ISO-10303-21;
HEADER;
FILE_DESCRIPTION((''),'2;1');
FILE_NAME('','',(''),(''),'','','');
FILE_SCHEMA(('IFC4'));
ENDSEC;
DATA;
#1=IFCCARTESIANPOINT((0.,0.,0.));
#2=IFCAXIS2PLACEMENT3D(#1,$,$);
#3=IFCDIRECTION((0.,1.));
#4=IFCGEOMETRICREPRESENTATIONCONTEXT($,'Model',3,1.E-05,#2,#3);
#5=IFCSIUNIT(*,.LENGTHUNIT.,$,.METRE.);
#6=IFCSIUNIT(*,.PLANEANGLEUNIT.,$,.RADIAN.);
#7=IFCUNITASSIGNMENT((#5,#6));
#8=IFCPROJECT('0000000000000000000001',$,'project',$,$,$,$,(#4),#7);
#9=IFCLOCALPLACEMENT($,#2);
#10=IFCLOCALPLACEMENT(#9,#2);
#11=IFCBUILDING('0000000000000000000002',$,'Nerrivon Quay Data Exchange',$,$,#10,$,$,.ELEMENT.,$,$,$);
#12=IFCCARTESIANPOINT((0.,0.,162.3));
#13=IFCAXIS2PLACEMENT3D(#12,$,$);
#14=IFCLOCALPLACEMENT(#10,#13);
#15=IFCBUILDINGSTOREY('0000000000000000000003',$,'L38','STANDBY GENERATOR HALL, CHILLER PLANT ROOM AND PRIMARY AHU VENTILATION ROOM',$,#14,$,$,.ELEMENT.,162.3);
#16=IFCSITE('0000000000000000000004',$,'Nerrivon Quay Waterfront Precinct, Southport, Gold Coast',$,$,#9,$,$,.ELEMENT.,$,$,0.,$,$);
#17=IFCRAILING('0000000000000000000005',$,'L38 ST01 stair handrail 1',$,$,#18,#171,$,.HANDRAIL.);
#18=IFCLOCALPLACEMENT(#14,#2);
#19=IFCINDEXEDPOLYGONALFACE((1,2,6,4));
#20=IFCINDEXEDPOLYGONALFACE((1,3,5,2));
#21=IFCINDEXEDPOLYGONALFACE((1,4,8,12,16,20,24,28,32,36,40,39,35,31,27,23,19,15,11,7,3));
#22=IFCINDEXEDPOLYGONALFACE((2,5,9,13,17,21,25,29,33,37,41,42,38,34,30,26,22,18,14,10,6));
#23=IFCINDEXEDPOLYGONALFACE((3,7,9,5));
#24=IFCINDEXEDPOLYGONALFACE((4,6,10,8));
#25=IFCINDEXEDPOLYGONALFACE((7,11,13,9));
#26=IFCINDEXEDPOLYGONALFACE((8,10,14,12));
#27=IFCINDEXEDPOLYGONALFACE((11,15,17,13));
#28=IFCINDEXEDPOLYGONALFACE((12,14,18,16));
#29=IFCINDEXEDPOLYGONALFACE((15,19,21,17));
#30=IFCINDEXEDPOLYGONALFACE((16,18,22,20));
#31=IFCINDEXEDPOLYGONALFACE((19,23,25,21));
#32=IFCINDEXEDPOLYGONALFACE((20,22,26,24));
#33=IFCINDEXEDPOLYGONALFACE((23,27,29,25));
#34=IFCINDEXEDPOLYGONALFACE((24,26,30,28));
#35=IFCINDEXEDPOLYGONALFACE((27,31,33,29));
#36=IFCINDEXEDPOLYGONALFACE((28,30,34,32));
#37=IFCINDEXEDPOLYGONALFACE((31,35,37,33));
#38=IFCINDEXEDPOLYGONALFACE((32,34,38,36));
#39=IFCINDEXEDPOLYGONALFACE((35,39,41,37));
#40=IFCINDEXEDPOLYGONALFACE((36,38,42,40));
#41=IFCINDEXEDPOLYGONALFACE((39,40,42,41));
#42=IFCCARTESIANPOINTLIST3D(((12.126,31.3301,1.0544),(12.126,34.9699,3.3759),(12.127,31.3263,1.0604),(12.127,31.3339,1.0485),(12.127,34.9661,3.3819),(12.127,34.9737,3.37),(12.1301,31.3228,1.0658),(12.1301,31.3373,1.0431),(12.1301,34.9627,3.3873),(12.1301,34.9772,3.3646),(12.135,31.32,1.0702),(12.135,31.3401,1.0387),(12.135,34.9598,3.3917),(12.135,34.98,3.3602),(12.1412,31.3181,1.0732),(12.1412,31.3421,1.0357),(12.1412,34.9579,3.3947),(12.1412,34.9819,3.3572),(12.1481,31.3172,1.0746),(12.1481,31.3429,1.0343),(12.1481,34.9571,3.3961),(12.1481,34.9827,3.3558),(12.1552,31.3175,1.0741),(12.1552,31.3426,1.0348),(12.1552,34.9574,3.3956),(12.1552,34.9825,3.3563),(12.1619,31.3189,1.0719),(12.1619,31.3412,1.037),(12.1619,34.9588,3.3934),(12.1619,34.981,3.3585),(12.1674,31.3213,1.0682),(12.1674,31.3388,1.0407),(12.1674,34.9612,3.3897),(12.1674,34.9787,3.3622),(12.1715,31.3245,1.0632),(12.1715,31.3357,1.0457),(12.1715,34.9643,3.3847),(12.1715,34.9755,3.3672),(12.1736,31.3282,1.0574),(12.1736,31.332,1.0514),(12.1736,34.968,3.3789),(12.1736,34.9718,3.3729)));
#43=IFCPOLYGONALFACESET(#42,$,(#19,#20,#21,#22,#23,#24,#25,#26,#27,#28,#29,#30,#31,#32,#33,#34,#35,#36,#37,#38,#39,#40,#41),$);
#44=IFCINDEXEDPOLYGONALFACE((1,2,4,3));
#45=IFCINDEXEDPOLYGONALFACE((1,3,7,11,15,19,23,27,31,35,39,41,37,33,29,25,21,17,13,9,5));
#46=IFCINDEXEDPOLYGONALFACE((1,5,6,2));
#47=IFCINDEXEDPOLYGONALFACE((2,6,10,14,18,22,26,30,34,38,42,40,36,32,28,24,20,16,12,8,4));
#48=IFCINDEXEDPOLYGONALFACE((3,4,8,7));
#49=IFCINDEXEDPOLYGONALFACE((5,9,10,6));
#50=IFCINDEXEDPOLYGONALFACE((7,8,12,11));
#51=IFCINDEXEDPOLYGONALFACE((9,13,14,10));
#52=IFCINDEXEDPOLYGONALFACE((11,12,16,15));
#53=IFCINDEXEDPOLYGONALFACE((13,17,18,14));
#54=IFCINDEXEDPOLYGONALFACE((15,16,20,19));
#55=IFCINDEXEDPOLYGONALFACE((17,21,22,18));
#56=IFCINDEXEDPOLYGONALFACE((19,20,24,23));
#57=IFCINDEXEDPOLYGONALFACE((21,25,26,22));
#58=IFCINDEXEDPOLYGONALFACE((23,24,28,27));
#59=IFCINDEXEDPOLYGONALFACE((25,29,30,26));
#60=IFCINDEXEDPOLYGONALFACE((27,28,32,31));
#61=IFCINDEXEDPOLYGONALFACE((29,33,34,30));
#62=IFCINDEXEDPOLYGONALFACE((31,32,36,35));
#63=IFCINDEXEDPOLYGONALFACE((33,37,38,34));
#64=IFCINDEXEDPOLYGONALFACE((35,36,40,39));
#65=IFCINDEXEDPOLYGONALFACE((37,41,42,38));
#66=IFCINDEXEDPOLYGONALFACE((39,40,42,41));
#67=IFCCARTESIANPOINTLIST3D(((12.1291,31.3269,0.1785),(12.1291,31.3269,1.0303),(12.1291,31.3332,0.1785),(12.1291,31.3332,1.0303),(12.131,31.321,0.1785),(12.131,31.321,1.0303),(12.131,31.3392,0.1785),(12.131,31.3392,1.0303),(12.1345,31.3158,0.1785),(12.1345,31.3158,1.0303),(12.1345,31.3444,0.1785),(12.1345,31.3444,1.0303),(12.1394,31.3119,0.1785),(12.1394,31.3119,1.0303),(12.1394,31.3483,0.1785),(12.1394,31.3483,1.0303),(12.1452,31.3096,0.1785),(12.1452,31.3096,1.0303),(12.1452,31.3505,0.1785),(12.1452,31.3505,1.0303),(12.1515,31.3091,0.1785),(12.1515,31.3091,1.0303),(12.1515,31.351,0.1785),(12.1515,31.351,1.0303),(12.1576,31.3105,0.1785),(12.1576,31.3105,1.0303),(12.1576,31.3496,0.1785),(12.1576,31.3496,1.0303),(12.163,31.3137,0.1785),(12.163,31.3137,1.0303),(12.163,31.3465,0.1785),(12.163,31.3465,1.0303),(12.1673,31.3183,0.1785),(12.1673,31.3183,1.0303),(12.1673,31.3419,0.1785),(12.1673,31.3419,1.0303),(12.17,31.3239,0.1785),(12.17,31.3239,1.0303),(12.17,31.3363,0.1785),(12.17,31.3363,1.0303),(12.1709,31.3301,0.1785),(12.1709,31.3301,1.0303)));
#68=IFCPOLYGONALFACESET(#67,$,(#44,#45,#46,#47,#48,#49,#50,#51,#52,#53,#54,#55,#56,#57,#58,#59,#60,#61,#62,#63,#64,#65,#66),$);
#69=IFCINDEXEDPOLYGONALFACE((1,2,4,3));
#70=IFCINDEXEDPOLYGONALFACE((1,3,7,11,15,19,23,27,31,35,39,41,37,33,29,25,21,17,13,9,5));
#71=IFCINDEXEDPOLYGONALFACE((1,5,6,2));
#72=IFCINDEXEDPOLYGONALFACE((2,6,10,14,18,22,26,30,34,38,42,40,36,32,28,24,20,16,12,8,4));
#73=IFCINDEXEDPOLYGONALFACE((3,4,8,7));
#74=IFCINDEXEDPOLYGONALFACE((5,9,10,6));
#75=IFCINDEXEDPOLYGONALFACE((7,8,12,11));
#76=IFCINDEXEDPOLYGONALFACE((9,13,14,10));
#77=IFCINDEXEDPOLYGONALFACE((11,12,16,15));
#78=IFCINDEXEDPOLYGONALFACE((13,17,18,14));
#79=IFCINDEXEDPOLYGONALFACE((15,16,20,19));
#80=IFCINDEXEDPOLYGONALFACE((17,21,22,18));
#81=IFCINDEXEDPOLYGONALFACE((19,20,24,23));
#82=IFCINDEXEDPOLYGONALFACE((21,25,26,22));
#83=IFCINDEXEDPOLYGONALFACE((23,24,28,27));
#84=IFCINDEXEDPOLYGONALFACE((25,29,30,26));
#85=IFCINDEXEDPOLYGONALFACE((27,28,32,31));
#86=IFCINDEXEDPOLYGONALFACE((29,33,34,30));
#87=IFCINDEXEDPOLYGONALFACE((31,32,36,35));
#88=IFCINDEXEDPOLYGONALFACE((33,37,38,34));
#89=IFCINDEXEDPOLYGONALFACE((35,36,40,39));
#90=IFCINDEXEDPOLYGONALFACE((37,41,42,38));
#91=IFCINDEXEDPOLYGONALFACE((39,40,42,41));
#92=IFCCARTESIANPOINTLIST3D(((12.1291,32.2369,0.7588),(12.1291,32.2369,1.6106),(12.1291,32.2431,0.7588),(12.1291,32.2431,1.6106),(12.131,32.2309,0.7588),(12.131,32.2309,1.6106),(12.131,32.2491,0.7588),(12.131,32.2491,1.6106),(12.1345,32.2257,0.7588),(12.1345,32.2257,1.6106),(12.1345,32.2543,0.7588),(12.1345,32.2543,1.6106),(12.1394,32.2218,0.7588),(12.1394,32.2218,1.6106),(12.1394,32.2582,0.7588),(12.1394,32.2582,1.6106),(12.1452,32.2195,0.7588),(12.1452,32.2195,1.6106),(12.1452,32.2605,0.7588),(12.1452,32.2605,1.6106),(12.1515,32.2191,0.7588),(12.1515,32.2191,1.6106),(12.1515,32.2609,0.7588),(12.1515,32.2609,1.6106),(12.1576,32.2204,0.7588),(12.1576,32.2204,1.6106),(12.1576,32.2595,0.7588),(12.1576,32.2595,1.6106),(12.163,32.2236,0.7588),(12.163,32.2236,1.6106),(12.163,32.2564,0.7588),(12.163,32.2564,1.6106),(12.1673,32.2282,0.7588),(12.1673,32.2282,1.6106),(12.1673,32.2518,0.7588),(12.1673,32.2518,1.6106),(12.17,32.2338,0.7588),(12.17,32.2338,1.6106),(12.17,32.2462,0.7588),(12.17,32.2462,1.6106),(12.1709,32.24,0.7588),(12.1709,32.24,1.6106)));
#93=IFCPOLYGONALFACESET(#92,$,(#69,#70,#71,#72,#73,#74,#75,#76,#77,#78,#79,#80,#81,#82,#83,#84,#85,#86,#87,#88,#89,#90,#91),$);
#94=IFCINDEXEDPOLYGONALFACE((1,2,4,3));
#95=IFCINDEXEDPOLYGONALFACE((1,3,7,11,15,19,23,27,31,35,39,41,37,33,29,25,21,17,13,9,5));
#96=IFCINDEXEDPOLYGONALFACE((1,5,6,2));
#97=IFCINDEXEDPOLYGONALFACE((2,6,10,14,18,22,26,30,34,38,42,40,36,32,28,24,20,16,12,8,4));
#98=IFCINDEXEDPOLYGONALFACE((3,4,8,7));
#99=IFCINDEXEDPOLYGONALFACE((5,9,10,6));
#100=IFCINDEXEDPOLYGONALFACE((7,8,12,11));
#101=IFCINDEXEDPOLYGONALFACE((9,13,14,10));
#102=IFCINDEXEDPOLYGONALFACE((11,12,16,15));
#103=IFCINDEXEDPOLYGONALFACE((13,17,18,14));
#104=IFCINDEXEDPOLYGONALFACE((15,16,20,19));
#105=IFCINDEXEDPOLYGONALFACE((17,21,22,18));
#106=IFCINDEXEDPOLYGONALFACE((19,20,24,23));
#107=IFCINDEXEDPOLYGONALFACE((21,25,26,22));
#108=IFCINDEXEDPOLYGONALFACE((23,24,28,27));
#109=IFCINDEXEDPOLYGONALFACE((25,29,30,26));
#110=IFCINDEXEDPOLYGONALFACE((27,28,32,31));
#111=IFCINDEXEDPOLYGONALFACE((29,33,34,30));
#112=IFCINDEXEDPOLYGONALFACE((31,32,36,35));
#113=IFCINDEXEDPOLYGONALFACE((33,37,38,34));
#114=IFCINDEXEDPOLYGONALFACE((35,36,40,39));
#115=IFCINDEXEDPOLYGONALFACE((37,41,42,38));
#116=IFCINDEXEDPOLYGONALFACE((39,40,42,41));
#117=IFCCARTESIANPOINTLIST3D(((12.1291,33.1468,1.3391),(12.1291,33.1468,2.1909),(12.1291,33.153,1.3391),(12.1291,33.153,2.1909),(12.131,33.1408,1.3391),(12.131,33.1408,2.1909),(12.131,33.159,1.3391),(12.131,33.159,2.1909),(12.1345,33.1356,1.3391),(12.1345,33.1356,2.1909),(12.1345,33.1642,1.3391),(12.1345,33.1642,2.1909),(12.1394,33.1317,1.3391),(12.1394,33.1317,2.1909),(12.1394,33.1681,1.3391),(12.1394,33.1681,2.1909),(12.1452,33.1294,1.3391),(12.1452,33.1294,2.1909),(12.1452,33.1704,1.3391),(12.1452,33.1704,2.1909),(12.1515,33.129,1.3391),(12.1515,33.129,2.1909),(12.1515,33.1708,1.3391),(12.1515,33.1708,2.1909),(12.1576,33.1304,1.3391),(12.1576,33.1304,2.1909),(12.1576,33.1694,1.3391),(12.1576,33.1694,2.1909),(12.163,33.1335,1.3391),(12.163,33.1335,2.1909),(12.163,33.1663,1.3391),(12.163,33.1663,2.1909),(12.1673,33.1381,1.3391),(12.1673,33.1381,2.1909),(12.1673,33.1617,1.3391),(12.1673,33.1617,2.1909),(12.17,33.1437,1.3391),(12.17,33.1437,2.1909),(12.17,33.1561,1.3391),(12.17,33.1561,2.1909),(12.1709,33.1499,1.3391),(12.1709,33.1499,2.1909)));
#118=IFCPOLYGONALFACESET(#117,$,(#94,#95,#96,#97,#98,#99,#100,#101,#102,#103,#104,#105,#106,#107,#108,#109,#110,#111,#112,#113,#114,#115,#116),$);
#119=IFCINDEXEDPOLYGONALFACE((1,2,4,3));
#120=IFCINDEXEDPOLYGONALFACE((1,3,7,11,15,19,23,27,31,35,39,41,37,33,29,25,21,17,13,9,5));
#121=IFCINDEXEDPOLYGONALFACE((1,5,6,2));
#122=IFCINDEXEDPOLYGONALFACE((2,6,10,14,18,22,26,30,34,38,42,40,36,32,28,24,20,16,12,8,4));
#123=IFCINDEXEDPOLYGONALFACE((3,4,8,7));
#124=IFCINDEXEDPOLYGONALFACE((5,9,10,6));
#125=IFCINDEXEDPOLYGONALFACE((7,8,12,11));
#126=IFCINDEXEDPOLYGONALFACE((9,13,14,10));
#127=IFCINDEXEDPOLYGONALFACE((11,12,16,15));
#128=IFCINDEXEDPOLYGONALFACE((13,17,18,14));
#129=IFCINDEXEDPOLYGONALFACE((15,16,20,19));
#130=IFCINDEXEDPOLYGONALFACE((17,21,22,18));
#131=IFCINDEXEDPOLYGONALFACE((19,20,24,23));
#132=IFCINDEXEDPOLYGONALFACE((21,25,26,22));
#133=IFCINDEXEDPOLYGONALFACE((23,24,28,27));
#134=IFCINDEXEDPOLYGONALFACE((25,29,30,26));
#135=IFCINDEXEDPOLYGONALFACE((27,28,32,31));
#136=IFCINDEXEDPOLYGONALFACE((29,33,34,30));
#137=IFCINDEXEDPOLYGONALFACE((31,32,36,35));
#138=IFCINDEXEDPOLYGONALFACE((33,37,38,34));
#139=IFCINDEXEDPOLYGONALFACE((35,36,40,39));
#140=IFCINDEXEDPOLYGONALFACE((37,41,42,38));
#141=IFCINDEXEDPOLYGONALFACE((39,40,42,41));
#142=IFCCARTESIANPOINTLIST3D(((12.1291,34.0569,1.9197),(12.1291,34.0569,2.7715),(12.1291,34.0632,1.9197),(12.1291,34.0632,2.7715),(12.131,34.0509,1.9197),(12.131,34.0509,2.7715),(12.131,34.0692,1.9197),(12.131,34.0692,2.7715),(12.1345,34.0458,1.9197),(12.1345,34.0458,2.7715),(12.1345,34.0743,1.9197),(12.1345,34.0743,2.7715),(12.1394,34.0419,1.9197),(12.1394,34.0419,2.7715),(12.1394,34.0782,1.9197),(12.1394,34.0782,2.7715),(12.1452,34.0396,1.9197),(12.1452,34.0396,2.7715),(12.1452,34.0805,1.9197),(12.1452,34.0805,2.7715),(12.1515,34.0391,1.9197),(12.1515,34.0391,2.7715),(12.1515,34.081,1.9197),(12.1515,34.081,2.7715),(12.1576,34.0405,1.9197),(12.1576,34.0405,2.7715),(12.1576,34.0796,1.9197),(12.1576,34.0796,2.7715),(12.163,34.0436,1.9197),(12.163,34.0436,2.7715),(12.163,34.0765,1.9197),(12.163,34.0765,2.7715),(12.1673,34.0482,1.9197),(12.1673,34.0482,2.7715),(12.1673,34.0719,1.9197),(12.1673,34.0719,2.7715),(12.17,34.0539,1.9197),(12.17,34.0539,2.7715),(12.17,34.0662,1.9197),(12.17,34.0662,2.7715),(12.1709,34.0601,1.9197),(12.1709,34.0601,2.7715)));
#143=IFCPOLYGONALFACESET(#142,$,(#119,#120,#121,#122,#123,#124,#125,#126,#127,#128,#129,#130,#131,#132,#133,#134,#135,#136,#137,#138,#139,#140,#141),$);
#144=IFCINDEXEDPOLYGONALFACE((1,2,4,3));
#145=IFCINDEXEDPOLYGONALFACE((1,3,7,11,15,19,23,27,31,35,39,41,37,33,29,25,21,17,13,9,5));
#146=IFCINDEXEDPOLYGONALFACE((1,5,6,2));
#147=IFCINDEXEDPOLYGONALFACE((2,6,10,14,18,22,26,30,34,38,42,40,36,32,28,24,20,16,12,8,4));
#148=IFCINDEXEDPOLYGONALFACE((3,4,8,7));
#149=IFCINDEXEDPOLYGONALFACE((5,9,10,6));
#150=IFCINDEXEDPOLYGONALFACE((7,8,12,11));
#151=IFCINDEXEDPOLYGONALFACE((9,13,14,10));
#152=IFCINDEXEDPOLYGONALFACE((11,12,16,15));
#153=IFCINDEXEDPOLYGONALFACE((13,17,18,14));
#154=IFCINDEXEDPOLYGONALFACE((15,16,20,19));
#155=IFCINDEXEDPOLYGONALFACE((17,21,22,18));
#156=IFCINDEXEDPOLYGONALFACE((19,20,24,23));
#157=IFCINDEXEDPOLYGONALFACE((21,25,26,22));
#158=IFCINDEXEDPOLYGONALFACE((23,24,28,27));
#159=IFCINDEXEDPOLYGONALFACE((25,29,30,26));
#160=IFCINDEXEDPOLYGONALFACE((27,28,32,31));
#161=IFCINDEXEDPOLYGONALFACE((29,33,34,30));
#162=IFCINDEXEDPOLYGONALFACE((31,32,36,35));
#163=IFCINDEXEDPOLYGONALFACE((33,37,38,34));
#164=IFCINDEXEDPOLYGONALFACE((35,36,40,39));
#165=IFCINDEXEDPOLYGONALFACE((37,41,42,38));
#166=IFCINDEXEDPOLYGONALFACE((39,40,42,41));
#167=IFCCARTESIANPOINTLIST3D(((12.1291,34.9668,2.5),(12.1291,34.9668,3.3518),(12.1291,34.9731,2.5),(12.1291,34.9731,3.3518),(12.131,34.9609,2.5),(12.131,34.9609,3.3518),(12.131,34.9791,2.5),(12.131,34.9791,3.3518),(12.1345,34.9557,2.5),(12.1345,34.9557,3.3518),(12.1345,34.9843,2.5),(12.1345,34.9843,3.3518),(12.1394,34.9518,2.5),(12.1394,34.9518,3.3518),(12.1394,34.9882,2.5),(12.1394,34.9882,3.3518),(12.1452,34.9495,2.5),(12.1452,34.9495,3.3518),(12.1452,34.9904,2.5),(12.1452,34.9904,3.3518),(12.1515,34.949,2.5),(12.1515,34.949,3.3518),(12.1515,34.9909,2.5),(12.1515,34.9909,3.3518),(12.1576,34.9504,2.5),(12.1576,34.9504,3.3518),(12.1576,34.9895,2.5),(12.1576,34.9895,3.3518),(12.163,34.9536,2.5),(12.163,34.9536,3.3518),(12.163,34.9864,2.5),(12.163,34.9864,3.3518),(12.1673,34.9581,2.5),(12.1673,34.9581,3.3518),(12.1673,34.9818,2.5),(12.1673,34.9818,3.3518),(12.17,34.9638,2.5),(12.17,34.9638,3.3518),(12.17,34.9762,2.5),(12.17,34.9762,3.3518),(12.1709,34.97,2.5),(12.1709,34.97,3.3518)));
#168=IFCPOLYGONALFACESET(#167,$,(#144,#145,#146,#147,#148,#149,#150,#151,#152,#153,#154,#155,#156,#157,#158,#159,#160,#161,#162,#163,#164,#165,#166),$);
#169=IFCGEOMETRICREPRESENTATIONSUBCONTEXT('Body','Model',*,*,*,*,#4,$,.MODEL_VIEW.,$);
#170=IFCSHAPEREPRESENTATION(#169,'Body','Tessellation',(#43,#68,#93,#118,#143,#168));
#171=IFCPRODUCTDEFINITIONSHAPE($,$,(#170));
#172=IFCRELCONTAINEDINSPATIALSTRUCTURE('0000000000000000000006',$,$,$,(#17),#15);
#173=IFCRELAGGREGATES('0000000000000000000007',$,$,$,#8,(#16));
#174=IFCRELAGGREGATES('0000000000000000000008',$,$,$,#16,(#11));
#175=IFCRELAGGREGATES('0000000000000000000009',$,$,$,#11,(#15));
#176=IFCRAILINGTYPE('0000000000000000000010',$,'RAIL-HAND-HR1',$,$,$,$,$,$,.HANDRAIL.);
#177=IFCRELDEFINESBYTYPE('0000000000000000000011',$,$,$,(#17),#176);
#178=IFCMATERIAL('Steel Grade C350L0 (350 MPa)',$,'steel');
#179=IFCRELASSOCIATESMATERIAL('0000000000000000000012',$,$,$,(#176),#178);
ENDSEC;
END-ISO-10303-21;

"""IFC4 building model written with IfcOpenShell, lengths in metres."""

from ifc_helpers import new_model, si_unit, direction, frame, origin, origin_2d, place, context, subcontext, project, spatial, circle, extrude, material, type_object, element, save


model = new_model("IFC4")

# Units and contexts
model_context = context("Model", 3, precision=1e-05, world=origin(), true_north=direction((0.0, 1.0)))
body_context = subcontext(model_context, "Body", "Model", "MODEL_VIEW")
ifc_project = project(units=[si_unit("LENGTHUNIT", "METRE"), si_unit("PLANEANGLEUNIT", "RADIAN")], contexts=[model_context])

# Site, building, storey
site_placement = place(None, origin())
site = spatial("IfcSite", under=ifc_project, at=site_placement, Name="Nerrivon Quay Waterfront Precinct, Southport, Gold Coast", CompositionType="ELEMENT", RefElevation=0.0)
building_placement = place(site_placement, origin())
building = spatial("IfcBuilding", under=site, at=building_placement, Name="Nerrivon Quay Data Exchange", CompositionType="ELEMENT")
storey_placement = place(building_placement, frame((0.0, 0.0, 162.3)))
storey = spatial("IfcBuildingStorey", under=building, at=storey_placement, Name="L38", Description="STANDBY GENERATOR HALL, CHILLER PLANT ROOM AND PRIMARY AHU VENTILATION ROOM", CompositionType="ELEMENT", Elevation=162.3)

# Shared definitions
ifc_material_1 = material(Name="Steel Grade C350L0 (350 MPa)", Category="steel")

# Railing
railing_type_1 = type_object("IfcRailingType", Name="RAIL-HAND-HR1", PredefinedType="HANDRAIL", material=ifc_material_1)
railing_1_placement = place(storey_placement, frame((12.1499, 31.3301, 0.1785)))
element("IfcRailing", 1, at=railing_1_placement, inside=storey, type_object=railing_type_1, Name="L38 ST01 stair handrail 1", PredefinedType="HANDRAIL", context=body_context, shape_type="SweptSolid", body=[
    extrude(circle(Radius=0.0239, at=origin_2d()), frame((0.0, 0.0, 0.876), z_axis=(0.0, 0.843112, 0.537739), x_axis=(-1.0, 0.0, 0.0)), (0.0, 0.0, 1.0), 4.3171),
    extrude(circle(Radius=0.021, at=origin_2d()), origin(), (0.0, 0.0, 1.0), 0.8518),
    extrude(circle(Radius=0.021, at=origin_2d()), frame((0.0, 0.9099, 0.5803)), (0.0, 0.0, 1.0), 0.8518),
    extrude(circle(Radius=0.021, at=origin_2d()), frame((0.0, 1.8198, 1.1606)), (0.0, 0.0, 1.0), 0.8518),
    extrude(circle(Radius=0.021, at=origin_2d()), frame((0.0, 2.73, 1.7412)), (0.0, 0.0, 1.0), 0.8518),
    extrude(circle(Radius=0.021, at=origin_2d()), frame((0.0, 3.6399, 2.3215)), (0.0, 0.0, 1.0), 0.8518),
])

save(model, "model.ifc")
